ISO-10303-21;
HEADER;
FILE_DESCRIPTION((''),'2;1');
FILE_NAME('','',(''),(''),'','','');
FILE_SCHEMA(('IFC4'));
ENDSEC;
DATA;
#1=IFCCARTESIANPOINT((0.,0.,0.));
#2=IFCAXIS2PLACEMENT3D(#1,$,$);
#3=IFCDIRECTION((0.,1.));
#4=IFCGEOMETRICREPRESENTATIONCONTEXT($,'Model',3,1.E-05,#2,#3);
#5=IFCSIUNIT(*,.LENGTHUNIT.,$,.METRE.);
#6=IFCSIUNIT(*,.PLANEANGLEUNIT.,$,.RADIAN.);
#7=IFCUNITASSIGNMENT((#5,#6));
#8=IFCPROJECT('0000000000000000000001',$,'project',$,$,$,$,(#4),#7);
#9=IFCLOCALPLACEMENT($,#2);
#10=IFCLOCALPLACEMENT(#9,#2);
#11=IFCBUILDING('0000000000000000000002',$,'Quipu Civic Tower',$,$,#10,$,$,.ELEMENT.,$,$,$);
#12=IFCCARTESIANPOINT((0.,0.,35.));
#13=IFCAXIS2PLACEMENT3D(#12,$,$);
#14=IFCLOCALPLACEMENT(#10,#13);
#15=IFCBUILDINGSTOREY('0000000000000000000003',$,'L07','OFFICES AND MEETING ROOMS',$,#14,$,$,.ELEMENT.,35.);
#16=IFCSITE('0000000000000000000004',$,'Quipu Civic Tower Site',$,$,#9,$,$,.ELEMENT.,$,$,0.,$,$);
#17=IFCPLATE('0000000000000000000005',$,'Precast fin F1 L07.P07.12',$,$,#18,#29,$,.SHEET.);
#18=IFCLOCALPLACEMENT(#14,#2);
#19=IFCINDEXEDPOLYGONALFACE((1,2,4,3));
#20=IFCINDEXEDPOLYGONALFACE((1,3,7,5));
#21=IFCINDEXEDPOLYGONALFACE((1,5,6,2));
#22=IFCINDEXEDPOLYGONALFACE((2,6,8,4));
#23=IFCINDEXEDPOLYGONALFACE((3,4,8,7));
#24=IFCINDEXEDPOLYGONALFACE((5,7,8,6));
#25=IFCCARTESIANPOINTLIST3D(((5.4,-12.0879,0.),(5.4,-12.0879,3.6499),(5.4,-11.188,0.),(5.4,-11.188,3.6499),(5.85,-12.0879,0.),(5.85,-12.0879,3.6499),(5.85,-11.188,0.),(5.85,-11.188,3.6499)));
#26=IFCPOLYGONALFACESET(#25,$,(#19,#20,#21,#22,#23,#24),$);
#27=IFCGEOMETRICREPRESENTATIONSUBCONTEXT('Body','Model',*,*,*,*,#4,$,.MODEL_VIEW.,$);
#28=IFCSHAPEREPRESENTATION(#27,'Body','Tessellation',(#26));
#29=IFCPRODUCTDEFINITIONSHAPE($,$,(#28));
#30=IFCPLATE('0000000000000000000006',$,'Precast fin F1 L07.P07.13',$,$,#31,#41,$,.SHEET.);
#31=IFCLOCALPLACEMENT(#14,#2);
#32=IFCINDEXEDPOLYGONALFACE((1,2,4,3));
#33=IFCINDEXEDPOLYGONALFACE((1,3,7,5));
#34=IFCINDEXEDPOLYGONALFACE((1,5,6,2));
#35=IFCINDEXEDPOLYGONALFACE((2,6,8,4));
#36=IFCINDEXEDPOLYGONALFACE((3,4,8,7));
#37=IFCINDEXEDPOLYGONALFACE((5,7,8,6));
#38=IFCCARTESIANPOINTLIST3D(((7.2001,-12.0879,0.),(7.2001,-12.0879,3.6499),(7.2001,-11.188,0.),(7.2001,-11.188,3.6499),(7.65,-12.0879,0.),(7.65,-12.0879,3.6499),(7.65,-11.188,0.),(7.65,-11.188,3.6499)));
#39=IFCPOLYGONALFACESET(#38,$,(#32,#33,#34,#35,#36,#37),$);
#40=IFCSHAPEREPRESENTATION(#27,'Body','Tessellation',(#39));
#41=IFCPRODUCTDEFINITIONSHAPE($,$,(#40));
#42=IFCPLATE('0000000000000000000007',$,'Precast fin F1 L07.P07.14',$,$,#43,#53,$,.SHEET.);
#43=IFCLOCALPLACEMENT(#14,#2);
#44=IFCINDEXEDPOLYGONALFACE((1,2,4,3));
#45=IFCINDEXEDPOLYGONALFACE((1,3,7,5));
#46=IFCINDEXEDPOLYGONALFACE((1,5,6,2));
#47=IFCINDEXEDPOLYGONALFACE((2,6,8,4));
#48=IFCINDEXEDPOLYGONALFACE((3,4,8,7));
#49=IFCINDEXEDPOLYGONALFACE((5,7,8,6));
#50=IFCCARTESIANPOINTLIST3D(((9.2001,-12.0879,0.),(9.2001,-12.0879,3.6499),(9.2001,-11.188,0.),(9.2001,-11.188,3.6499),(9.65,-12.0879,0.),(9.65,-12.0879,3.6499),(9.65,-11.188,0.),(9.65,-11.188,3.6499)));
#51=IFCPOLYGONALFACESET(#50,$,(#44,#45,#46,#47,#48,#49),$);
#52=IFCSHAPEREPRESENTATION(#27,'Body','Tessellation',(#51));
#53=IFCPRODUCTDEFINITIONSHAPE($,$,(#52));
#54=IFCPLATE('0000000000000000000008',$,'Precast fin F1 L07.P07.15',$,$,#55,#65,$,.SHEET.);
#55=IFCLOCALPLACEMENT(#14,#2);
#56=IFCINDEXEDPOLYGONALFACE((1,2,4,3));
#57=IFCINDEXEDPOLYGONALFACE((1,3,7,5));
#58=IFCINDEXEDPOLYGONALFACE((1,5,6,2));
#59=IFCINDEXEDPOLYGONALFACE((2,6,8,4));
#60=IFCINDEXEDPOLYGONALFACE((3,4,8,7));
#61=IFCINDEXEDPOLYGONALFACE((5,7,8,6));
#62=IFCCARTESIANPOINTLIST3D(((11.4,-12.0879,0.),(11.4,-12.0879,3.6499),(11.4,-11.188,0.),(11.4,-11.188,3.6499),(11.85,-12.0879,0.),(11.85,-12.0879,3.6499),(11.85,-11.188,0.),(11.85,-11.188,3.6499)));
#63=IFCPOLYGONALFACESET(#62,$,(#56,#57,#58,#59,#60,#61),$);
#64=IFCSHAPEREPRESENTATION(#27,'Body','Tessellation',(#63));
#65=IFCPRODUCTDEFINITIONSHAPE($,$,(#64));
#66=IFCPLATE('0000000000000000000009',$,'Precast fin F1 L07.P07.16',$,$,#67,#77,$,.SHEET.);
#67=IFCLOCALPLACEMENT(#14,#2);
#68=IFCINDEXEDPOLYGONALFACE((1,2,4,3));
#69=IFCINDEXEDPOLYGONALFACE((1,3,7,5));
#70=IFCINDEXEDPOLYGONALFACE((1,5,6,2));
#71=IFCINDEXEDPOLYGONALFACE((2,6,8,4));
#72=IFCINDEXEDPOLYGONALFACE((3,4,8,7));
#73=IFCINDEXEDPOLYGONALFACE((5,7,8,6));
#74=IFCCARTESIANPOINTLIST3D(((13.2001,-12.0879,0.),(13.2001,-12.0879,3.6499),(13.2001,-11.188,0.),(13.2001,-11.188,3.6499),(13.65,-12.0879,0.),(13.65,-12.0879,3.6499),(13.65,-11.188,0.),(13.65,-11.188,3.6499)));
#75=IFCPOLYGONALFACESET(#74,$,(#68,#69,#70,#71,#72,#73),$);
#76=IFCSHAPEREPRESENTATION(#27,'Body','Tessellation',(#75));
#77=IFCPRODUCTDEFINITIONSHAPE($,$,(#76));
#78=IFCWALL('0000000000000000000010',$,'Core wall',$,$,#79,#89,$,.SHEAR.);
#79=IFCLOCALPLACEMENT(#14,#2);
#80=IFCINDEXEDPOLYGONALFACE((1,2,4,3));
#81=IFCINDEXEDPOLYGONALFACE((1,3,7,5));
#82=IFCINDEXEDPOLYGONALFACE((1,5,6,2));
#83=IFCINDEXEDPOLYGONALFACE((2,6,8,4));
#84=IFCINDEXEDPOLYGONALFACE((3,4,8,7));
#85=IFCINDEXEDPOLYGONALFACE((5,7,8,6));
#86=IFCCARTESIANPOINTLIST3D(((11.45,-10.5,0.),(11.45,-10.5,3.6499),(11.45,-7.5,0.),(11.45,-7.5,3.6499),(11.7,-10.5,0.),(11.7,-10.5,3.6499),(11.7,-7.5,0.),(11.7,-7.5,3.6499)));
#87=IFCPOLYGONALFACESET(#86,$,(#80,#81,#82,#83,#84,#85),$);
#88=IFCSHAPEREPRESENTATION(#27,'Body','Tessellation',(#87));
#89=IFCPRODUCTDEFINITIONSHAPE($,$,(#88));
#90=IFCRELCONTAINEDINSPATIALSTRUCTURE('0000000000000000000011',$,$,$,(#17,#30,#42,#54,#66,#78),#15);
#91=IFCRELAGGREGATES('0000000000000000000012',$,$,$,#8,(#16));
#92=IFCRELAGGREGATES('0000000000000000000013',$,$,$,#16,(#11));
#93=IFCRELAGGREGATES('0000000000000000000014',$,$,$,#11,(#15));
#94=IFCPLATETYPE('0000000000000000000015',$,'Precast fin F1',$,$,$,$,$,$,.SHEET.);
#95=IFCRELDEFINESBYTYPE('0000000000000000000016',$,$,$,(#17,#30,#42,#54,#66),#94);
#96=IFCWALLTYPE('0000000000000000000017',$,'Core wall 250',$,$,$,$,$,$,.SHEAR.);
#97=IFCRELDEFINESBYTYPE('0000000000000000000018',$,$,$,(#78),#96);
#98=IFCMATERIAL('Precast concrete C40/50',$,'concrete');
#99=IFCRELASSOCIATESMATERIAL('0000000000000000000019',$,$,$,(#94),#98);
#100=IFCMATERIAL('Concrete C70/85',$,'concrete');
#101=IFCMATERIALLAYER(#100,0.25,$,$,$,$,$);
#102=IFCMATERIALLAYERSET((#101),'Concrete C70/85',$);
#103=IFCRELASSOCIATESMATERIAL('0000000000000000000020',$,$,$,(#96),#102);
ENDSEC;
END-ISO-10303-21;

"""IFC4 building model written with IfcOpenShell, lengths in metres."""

from ifc_helpers import new_model, si_unit, direction, frame, frame_2d, origin, origin_2d, place, context, subcontext, project, spatial, rectangle, extrude, material, layer, layer_set, type_object, element, save


model = new_model("IFC4")

# Units and contexts
model_context = context("Model", 3, precision=1e-05, world=origin(), true_north=direction((0.0, 1.0)))
body_context = subcontext(model_context, "Body", "Model", "MODEL_VIEW")
ifc_project = project(units=[si_unit("LENGTHUNIT", "METRE"), si_unit("PLANEANGLEUNIT", "RADIAN")], contexts=[model_context])

# Site, building, storey
site_placement = place(None, origin())
site = spatial("IfcSite", under=ifc_project, at=site_placement, Name="Quipu Civic Tower Site", CompositionType="ELEMENT", RefElevation=0.0)
building_placement = place(site_placement, origin())
building = spatial("IfcBuilding", under=site, at=building_placement, Name="Quipu Civic Tower", CompositionType="ELEMENT")
storey_placement = place(building_placement, frame((0.0, 0.0, 35.0)))
storey = spatial("IfcBuildingStorey", under=building, at=storey_placement, Name="L07", Description="OFFICES AND MEETING ROOMS", CompositionType="ELEMENT", Elevation=35.0)

# Plates
ifc_material_1 = material(Name="Precast concrete C40/50", Category="concrete")
plate_type = type_object("IfcPlateType", Name="Precast fin F1", PredefinedType="SHEET", material=ifc_material_1)
for number, where, z_axis, x_axis, name in (
    (1, (5.625, -11.6379, 0.0), (0.0, 0.0, 1.0), (1.0, 0.0, 0.0), "Precast fin F1 L07.P07.12"),
    (2, (7.425, -11.6379, 0.0), (0.0, 0.0, 1.0), (1.0, 0.0, 0.0), "Precast fin F1 L07.P07.13"),
    (3, (9.425, -11.6379, 0.0), (0.0, 0.0, 1.0), (1.0, 0.0, 0.0), "Precast fin F1 L07.P07.14"),
    (4, (11.625, -11.6379, 0.0), (0.0, 0.0, 1.0), (1.0, 0.0, 0.0), "Precast fin F1 L07.P07.15"),
    (5, (13.425, -11.6379, 0.0), (0.0, 0.0, 1.0), (1.0, 0.0, 0.0), "Precast fin F1 L07.P07.16"),
):
    element("IfcPlate", number, at=place(storey_placement, frame(where, z_axis=z_axis, x_axis=x_axis)), inside=storey, type_object=plate_type, Name=name, PredefinedType="SHEET", context=body_context, shape_type="SweptSolid", body=[
        extrude(rectangle(XDim=0.45, YDim=0.8999, at=origin_2d()), origin(), (0.0, 0.0, 1.0), 3.6499),
    ])

# Wall
ifc_material_2 = material(Name="Concrete C70/85", Category="concrete")
ifc_layer_1 = layer(ifc_material_2, 0.25)
ifc_layer_set_1 = layer_set([ifc_layer_1], Name="Concrete C70/85")
wall_type_1 = type_object("IfcWallType", Name="Core wall 250", PredefinedType="SHEAR", material=ifc_layer_set_1)
wall_1_placement = place(storey_placement, frame((11.575, -10.5, 0.0), z_axis=(0.0, 0.0, 1.0), x_axis=(0.0, 1.0, 0.0)))
element("IfcWall", 6, at=wall_1_placement, inside=storey, type_object=wall_type_1, Name="Core wall", PredefinedType="SHEAR", context=body_context, shape_type="SweptSolid", body=[
    extrude(rectangle(XDim=3.0, YDim=0.25, at=frame_2d((1.5, 0.0))), origin(), (0.0, 0.0, 1.0), 3.6499),
])

save(model, "model.ifc")
